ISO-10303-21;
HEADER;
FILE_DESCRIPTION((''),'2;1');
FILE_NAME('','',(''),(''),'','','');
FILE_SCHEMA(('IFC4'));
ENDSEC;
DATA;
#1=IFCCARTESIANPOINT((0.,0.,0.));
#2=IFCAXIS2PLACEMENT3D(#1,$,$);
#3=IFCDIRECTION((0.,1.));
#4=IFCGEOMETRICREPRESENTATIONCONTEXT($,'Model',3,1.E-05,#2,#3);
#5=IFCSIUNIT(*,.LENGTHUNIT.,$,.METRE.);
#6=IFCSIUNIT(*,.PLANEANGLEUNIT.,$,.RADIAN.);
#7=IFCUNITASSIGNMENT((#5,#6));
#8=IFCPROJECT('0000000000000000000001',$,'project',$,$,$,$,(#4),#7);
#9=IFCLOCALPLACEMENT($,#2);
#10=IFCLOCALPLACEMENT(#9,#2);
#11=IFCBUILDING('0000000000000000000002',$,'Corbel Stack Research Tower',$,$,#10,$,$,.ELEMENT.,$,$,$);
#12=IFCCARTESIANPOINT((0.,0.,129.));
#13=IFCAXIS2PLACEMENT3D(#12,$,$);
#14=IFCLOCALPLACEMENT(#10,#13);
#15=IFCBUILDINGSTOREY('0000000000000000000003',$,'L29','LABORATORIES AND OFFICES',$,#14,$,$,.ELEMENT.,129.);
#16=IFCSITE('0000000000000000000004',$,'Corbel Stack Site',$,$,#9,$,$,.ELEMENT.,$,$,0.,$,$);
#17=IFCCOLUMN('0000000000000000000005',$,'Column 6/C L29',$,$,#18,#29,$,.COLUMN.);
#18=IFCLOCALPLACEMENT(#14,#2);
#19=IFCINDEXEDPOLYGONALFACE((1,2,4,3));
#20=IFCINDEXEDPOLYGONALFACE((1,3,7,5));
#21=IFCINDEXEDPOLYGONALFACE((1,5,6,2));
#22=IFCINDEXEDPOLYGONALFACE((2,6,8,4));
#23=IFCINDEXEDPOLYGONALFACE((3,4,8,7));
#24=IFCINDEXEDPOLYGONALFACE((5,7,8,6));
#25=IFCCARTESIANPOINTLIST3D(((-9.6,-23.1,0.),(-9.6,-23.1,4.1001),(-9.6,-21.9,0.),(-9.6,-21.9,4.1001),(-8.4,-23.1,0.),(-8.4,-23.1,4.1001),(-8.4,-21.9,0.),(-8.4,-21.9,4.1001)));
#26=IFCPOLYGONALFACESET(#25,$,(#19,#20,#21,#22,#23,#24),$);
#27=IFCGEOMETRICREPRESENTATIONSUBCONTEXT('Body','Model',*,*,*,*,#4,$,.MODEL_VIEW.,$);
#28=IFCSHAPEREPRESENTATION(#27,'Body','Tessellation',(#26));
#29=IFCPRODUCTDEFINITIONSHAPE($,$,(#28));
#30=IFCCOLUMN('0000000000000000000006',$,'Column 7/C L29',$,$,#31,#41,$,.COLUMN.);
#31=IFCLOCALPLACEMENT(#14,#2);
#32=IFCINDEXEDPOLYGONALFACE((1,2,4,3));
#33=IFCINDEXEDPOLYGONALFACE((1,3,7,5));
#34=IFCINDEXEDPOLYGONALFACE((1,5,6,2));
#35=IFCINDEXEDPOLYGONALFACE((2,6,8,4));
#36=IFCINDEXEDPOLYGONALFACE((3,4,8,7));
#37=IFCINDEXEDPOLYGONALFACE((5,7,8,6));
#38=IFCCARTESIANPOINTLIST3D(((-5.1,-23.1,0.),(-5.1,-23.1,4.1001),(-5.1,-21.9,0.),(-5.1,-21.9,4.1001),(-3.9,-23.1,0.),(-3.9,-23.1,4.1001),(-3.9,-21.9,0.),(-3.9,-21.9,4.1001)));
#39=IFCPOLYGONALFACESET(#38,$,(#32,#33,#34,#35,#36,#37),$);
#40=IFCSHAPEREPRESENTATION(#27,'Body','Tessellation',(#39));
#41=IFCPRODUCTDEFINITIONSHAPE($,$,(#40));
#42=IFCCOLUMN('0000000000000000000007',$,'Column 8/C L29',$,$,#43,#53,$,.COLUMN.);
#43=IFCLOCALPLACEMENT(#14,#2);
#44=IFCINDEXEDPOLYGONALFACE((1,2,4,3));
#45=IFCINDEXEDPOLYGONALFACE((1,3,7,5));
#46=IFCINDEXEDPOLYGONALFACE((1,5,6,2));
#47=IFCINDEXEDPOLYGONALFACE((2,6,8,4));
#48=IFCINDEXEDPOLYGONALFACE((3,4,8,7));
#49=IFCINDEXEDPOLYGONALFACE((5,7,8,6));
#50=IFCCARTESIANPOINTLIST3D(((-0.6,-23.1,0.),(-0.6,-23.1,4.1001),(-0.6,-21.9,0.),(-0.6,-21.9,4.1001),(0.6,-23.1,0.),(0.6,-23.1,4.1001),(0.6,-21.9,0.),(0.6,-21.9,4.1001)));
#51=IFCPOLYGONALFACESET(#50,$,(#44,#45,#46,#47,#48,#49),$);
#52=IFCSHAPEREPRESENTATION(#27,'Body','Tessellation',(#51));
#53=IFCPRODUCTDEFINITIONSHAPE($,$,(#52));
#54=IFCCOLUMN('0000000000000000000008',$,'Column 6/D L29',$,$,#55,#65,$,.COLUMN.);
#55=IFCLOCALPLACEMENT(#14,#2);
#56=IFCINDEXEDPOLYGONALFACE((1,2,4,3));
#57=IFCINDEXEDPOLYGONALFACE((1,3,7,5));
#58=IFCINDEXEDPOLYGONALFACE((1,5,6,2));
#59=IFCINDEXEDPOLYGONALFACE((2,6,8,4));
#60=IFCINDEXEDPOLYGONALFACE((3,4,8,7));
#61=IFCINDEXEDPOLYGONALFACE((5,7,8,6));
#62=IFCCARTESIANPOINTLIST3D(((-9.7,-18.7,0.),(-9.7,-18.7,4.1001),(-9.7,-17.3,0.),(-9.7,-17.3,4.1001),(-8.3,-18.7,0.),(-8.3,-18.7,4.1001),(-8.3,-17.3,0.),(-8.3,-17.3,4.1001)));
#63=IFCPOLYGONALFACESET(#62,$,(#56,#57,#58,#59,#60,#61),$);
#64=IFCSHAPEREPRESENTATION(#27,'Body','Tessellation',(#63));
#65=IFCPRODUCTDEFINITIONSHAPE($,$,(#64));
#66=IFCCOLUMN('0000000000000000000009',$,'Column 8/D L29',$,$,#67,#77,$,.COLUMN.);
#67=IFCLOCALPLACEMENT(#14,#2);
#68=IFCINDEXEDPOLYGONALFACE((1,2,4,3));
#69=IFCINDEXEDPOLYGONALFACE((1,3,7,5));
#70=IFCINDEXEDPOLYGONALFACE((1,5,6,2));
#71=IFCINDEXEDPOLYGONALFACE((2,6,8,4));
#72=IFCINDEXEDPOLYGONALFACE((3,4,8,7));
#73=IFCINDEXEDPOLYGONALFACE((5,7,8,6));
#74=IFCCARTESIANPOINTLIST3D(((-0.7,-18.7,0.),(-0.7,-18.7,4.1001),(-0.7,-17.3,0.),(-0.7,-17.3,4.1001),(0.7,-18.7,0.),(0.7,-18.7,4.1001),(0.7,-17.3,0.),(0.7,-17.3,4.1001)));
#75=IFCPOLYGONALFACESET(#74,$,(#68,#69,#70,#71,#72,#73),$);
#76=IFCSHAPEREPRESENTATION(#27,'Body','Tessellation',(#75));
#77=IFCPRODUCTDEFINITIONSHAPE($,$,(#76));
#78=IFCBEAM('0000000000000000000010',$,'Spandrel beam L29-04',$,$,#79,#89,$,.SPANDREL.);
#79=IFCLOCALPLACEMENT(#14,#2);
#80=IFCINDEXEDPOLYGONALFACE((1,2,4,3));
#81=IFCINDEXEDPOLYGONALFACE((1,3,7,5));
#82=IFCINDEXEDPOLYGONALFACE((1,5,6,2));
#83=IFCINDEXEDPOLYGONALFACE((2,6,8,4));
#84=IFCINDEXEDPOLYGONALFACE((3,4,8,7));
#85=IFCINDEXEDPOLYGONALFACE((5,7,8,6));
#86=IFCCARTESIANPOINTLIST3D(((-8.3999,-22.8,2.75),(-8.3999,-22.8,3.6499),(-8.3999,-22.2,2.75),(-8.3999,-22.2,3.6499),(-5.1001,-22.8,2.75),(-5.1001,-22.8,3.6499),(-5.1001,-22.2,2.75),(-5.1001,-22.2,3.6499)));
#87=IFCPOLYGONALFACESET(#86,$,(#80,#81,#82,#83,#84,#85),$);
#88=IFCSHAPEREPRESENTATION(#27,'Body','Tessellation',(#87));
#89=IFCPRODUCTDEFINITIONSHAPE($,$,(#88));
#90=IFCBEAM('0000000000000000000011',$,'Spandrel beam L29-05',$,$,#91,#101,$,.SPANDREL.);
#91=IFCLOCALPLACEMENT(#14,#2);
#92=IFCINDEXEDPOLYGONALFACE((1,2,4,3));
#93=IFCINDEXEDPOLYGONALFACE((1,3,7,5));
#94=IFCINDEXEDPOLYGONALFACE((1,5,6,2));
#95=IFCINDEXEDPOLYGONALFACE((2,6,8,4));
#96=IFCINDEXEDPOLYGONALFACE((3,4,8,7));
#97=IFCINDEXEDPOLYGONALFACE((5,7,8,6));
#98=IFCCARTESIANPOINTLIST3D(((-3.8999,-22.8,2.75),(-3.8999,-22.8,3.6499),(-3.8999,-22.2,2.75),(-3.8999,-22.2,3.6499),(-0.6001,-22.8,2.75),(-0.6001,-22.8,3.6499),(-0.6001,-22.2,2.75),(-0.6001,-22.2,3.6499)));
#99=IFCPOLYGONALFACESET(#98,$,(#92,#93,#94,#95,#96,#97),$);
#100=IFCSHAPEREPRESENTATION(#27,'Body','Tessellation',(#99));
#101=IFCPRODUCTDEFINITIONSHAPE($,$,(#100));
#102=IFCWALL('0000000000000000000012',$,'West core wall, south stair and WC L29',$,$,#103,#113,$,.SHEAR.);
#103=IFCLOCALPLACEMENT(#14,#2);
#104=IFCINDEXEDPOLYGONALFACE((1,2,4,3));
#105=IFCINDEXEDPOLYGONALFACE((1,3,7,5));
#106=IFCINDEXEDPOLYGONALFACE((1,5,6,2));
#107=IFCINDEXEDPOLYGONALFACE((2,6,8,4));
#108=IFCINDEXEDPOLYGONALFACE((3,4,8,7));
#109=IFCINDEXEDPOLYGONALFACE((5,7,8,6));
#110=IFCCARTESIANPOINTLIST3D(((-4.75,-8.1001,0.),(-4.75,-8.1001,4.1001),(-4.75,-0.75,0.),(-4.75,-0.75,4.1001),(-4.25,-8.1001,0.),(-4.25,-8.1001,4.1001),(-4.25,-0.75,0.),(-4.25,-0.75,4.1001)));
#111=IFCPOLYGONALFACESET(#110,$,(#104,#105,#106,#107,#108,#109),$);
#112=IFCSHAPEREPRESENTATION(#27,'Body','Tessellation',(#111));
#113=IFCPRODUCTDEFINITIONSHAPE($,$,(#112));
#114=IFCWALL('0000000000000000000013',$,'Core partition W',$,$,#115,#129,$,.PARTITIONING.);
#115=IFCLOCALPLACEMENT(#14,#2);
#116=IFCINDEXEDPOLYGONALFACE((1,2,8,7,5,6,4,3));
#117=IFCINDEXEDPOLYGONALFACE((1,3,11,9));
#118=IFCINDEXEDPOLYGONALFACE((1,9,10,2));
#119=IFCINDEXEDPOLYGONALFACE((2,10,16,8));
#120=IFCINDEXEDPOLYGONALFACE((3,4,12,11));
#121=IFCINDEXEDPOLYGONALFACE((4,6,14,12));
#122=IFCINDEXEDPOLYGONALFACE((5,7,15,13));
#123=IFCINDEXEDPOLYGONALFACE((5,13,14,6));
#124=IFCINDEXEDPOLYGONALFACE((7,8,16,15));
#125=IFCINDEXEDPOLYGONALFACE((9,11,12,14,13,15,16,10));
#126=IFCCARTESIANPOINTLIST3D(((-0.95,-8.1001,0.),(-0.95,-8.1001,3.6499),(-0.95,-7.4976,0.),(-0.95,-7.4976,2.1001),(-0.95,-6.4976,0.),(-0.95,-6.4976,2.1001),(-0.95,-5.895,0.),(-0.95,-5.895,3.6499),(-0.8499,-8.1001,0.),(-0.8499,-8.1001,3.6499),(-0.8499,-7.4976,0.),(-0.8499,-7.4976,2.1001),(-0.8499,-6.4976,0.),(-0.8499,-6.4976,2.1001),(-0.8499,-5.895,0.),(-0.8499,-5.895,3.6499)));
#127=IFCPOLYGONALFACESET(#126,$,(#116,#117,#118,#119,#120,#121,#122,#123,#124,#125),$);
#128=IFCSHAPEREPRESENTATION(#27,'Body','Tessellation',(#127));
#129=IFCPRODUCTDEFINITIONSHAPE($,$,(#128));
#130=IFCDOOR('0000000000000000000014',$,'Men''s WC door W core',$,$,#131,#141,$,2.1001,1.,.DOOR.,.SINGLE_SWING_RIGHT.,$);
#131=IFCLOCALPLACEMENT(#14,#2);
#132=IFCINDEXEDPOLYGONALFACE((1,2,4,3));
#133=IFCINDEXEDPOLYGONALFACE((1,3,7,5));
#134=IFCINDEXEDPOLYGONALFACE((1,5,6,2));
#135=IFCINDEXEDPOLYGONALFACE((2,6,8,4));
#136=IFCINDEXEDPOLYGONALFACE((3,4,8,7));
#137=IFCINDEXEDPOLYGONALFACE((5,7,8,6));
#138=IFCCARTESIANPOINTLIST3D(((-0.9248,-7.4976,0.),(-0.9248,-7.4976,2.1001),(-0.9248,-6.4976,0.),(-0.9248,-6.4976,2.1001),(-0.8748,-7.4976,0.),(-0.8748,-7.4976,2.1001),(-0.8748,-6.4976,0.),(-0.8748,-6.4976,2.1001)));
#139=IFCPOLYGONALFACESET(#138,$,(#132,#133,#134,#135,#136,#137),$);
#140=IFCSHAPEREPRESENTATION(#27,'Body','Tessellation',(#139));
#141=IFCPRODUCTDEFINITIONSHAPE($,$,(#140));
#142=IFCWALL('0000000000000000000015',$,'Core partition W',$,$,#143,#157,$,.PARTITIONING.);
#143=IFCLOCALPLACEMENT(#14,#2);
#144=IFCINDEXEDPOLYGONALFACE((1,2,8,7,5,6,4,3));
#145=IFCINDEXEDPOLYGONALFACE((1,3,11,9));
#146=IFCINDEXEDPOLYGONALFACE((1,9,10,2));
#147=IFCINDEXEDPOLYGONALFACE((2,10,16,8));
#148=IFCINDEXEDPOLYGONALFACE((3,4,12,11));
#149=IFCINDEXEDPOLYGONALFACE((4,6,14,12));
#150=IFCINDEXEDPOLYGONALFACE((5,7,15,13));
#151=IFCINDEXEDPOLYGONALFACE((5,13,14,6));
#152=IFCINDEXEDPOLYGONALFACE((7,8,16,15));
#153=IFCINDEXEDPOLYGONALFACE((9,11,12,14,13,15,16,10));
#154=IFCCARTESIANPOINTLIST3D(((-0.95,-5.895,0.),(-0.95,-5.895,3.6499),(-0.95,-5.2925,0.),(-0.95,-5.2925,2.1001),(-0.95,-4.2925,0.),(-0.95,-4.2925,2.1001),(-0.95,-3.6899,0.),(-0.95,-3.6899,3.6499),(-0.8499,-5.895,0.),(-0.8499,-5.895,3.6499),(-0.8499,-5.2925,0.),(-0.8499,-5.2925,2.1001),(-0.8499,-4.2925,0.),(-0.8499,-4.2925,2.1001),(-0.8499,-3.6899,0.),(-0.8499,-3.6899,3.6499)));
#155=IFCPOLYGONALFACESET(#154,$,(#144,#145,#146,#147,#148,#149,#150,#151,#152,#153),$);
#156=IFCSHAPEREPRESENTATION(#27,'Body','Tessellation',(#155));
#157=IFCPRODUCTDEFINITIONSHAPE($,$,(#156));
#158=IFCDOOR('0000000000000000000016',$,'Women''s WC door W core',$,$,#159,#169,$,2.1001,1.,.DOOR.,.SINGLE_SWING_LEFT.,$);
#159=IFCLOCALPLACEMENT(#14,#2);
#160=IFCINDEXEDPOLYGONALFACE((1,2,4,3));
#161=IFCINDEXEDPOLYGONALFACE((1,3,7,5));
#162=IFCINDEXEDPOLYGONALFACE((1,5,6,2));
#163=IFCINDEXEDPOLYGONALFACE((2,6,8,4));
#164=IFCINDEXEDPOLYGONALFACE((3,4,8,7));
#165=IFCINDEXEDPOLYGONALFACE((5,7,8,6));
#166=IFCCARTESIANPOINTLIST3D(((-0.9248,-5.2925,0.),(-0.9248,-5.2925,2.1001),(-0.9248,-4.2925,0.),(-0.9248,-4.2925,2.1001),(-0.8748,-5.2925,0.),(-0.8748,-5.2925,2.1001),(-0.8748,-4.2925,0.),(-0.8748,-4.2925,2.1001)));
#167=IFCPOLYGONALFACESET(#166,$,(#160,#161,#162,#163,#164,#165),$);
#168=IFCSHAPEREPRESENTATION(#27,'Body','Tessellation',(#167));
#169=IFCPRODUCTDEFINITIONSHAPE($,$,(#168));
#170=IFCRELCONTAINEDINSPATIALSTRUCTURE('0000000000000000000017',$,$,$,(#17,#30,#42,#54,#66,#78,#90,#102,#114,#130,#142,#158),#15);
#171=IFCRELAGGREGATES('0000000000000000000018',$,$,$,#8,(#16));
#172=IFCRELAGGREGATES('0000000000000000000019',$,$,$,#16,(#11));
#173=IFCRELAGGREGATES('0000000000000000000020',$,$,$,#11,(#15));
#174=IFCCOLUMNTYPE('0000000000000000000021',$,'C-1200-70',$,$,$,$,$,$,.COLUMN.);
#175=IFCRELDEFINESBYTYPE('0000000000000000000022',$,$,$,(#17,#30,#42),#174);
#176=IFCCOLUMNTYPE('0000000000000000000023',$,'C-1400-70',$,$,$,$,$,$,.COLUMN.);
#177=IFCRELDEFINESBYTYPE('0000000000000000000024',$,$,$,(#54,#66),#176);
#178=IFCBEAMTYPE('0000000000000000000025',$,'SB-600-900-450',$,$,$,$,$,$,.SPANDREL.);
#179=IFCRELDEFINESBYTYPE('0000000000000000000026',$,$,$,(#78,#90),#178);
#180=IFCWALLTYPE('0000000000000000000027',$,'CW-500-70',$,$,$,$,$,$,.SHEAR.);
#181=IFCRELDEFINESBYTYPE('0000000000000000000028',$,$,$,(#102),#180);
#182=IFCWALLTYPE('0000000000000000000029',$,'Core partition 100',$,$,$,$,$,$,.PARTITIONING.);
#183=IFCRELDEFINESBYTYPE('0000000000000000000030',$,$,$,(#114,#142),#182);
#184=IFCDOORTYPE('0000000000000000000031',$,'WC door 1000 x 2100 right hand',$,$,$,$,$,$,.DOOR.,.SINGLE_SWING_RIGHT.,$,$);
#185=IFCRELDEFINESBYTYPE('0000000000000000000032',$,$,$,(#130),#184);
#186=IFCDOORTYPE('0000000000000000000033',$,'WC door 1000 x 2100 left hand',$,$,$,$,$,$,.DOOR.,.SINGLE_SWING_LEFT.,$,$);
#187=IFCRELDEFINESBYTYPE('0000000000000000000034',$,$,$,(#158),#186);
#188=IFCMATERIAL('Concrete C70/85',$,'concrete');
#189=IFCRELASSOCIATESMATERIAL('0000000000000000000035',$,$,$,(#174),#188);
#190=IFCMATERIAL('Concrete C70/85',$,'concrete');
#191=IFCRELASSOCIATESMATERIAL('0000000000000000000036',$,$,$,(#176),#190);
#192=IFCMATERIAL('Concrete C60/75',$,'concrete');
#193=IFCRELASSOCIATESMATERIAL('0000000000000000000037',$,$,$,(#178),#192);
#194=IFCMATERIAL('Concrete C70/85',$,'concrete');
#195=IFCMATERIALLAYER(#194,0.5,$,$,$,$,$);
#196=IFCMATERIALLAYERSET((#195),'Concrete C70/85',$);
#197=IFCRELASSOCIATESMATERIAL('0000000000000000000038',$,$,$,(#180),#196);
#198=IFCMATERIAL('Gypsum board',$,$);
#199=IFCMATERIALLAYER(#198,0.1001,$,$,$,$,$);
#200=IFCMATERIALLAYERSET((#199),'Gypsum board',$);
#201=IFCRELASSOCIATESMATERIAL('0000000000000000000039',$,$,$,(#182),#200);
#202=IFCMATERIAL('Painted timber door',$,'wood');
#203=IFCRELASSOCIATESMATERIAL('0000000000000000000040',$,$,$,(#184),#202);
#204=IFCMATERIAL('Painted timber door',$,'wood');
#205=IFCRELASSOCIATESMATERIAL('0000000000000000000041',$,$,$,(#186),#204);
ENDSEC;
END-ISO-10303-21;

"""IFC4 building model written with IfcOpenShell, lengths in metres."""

from ifc_helpers import new_model, si_unit, direction, frame, frame_2d, origin, origin_2d, place, context, subcontext, project, spatial, rectangle, extrude, material, layer, layer_set, material_profile, profile_set, type_object, element, fill, save


model = new_model("IFC4")

# Units and contexts
model_context = context("Model", 3, precision=1e-05, world=origin(), true_north=direction((0.0, 1.0)))
body_context = subcontext(model_context, "Body", "Model", "MODEL_VIEW")
ifc_project = project(units=[si_unit("LENGTHUNIT", "METRE"), si_unit("PLANEANGLEUNIT", "RADIAN")], contexts=[model_context])

# Site, building, storey
site_placement = place(None, origin())
site = spatial("IfcSite", under=ifc_project, at=site_placement, Name="Corbel Stack Site", CompositionType="ELEMENT", RefElevation=0.0)
building_placement = place(site_placement, origin())
building = spatial("IfcBuilding", under=site, at=building_placement, Name="Corbel Stack Research Tower", CompositionType="ELEMENT")
storey_placement = place(building_placement, frame((0.0, 0.0, 129.0)))
storey = spatial("IfcBuildingStorey", under=building, at=storey_placement, Name="L29", Description="LABORATORIES AND OFFICES", CompositionType="ELEMENT", Elevation=129.0)

# Columns
ifc_material_1 = material(Name="Concrete C70/85", Category="concrete")
ifc_material_profile_1 = material_profile(ifc_material_1, rectangle(XDim=1.2, YDim=1.2, at=origin_2d()), Name="RC 1200 x 1200")
ifc_profile_set_1 = profile_set([ifc_material_profile_1], Name="Concrete C70/85")
column_type_1 = type_object("IfcColumnType", Name="C-1200-70", PredefinedType="COLUMN", material=ifc_profile_set_1)
for number, where, z_axis, x_axis, name in (
    (1, (-9.0, -22.5, 0.0), (0.0, 0.0, 1.0), (1.0, 0.0, 0.0), "Column 6/C L29"),
    (2, (-4.5, -22.5, 0.0), (0.0, 0.0, 1.0), (1.0, 0.0, 0.0), "Column 7/C L29"),
    (3, (0.0, -22.5, 0.0), (0.0, 0.0, 1.0), (1.0, 0.0, 0.0), "Column 8/C L29"),
):
    element("IfcColumn", number, at=place(storey_placement, frame(where, z_axis=z_axis, x_axis=x_axis)), inside=storey, type_object=column_type_1, Name=name, PredefinedType="COLUMN", context=body_context, shape_type="SweptSolid", body=[
        extrude(rectangle(XDim=1.2, YDim=1.2, at=origin_2d()), origin(), (0.0, 0.0, 1.0), 4.1001),
    ])
ifc_material_2 = material(Name="Concrete C70/85", Category="concrete")
ifc_material_profile_2 = material_profile(ifc_material_2, rectangle(XDim=1.3999, YDim=1.3999, at=origin_2d()), Name="RC 1400 x 1400")
ifc_profile_set_2 = profile_set([ifc_material_profile_2], Name="Concrete C70/85")
column_type_2 = type_object("IfcColumnType", Name="C-1400-70", PredefinedType="COLUMN", material=ifc_profile_set_2)
for number, where, z_axis, x_axis, name in (
    (4, (-9.0, -18.0, 0.0), (0.0, 0.0, 1.0), (1.0, 0.0, 0.0), "Column 6/D L29"),
    (5, (0.0, -18.0, 0.0), (0.0, 0.0, 1.0), (1.0, 0.0, 0.0), "Column 8/D L29"),
):
    element("IfcColumn", number, at=place(storey_placement, frame(where, z_axis=z_axis, x_axis=x_axis)), inside=storey, type_object=column_type_2, Name=name, PredefinedType="COLUMN", context=body_context, shape_type="SweptSolid", body=[
        extrude(rectangle(XDim=1.3999, YDim=1.3999, at=origin_2d()), origin(), (0.0, 0.0, 1.0), 4.1001),
    ])

# Beams
ifc_material_3 = material(Name="Concrete C60/75", Category="concrete")
ifc_material_profile_3 = material_profile(ifc_material_3, rectangle(XDim=0.6001, YDim=0.8999, at=origin_2d()), Name="RC 600 x 900")
ifc_profile_set_3 = profile_set([ifc_material_profile_3], Name="Concrete C60/75")
beam_type = type_object("IfcBeamType", Name="SB-600-900-450", PredefinedType="SPANDREL", material=ifc_profile_set_3)
for number, where, z_axis, x_axis, name in (
    (6, (-8.3999, -22.5, 3.2), (1.0, 0.0, 0.0), (0.0, 1.0, 0.0), "Spandrel beam L29-04"),
    (7, (-3.8999, -22.5, 3.2), (1.0, 0.0, 0.0), (0.0, 1.0, 0.0), "Spandrel beam L29-05"),
):
    element("IfcBeam", number, at=place(storey_placement, frame(where, z_axis=z_axis, x_axis=x_axis)), inside=storey, type_object=beam_type, Name=name, PredefinedType="SPANDREL", context=body_context, shape_type="SweptSolid", body=[
        extrude(rectangle(XDim=0.6001, YDim=0.8999, at=origin_2d()), origin(), (0.0, 0.0, 1.0), 3.2998),
    ])

# Wall
ifc_material_4 = material(Name="Concrete C70/85", Category="concrete")
ifc_layer_1 = layer(ifc_material_4, 0.5)
ifc_layer_set_1 = layer_set([ifc_layer_1], Name="Concrete C70/85")
wall_type_1 = type_object("IfcWallType", Name="CW-500-70", PredefinedType="SHEAR", material=ifc_layer_set_1)
wall_1_placement = place(storey_placement, frame((-4.5, -8.1001, 0.0), z_axis=(0.0, 0.0, 1.0), x_axis=(0.0, 1.0, 0.0)))
element("IfcWall", 8, at=wall_1_placement, inside=storey, type_object=wall_type_1, Name="West core wall, south stair and WC L29", PredefinedType="SHEAR", context=body_context, shape_type="SweptSolid", body=[
    extrude(rectangle(XDim=7.3501, YDim=0.5, at=frame_2d((3.675, 0.0))), origin(), (0.0, 0.0, 1.0), 4.1001),
])

# Walls, openings, doors
ifc_material_5 = material(Name="Gypsum board")
ifc_layer_2 = layer(ifc_material_5, 0.1001)
ifc_layer_set_2 = layer_set([ifc_layer_2], Name="Gypsum board")
wall_type_2 = type_object("IfcWallType", Name="Core partition 100", PredefinedType="PARTITIONING", material=ifc_layer_set_2)
wall_2_placement = place(storey_placement, frame((-0.8999, -8.1001, 0.0), z_axis=(0.0, 0.0, 1.0), x_axis=(0.0, 1.0, 0.0)))
wall_2 = element("IfcWall", 9, at=wall_2_placement, inside=storey, type_object=wall_type_2, Name="Core partition W", PredefinedType="PARTITIONING", context=body_context, shape_type="SweptSolid", body=[
    extrude(rectangle(XDim=2.2051, YDim=0.1001, at=frame_2d((1.1025, 0.0))), origin(), (0.0, 0.0, 1.0), 3.6499),
])
opening_1_placement = place(wall_2_placement, frame((0.6025, 0.0, 0.0)))
opening_1 = element("IfcOpeningElement", 10, at=opening_1_placement, cuts=wall_2, PredefinedType="OPENING", context=body_context, shape_type="SweptSolid", body=[
    extrude(rectangle(XDim=1.0, YDim=2.1001, at=frame_2d((0.5, 1.05))), frame((0.0, 0.0601, 0.0), z_axis=(0.0, -1.0, 0.0), x_axis=(1.0, 0.0, 0.0)), (0.0, 0.0, 1.0), 0.1201),
])
ifc_material_6 = material(Name="Painted timber door", Category="wood")
door_type_1 = type_object("IfcDoorType", Name="WC door 1000 x 2100 right hand", OperationType="SINGLE_SWING_RIGHT", PredefinedType="DOOR", material=ifc_material_6)
door_1_placement = place(opening_1_placement, origin())
door_1 = element("IfcDoor", 11, at=door_1_placement, inside=storey, type_object=door_type_1, Name="Men's WC door W core", OperationType="SINGLE_SWING_RIGHT", OverallHeight=2.1001, OverallWidth=1.0, PredefinedType="DOOR", context=body_context, shape_type="SweptSolid", body=[
    extrude(rectangle(XDim=1.0, YDim=2.1001, at=frame_2d((0.5, 1.05))), frame((0.0, 0.0249, 0.0), z_axis=(0.0, -1.0, 0.0), x_axis=(1.0, 0.0, 0.0)), (0.0, 0.0, 1.0), 0.05),
])
fill(opening_1, door_1)
wall_3_placement = place(storey_placement, frame((-0.8999, -5.895, 0.0), z_axis=(0.0, 0.0, 1.0), x_axis=(0.0, 1.0, 0.0)))
wall_3 = element("IfcWall", 12, at=wall_3_placement, inside=storey, type_object=wall_type_2, Name="Core partition W", PredefinedType="PARTITIONING", context=body_context, shape_type="SweptSolid", body=[
    extrude(rectangle(XDim=2.2051, YDim=0.1001, at=frame_2d((1.1025, 0.0))), origin(), (0.0, 0.0, 1.0), 3.6499),
])
opening_2_placement = place(wall_3_placement, frame((0.6025, 0.0, 0.0)))
opening_2 = element("IfcOpeningElement", 13, at=opening_2_placement, cuts=wall_3, PredefinedType="OPENING", context=body_context, shape_type="SweptSolid", body=[
    extrude(rectangle(XDim=1.0, YDim=2.1001, at=frame_2d((0.5, 1.05))), frame((0.0, 0.0601, 0.0), z_axis=(0.0, -1.0, 0.0), x_axis=(1.0, 0.0, 0.0)), (0.0, 0.0, 1.0), 0.1201),
])
ifc_material_7 = material(Name="Painted timber door", Category="wood")
door_type_2 = type_object("IfcDoorType", Name="WC door 1000 x 2100 left hand", OperationType="SINGLE_SWING_LEFT", PredefinedType="DOOR", material=ifc_material_7)
door_2_placement = place(opening_2_placement, origin())
door_2 = element("IfcDoor", 14, at=door_2_placement, inside=storey, type_object=door_type_2, Name="Women's WC door W core", OperationType="SINGLE_SWING_LEFT", OverallHeight=2.1001, OverallWidth=1.0, PredefinedType="DOOR", context=body_context, shape_type="SweptSolid", body=[
    extrude(rectangle(XDim=1.0, YDim=2.1001, at=frame_2d((0.5, 1.05))), frame((0.0, 0.0249, 0.0), z_axis=(0.0, -1.0, 0.0), x_axis=(1.0, 0.0, 0.0)), (0.0, 0.0, 1.0), 0.05),
])
fill(opening_2, door_2)

save(model, "model.ifc")
